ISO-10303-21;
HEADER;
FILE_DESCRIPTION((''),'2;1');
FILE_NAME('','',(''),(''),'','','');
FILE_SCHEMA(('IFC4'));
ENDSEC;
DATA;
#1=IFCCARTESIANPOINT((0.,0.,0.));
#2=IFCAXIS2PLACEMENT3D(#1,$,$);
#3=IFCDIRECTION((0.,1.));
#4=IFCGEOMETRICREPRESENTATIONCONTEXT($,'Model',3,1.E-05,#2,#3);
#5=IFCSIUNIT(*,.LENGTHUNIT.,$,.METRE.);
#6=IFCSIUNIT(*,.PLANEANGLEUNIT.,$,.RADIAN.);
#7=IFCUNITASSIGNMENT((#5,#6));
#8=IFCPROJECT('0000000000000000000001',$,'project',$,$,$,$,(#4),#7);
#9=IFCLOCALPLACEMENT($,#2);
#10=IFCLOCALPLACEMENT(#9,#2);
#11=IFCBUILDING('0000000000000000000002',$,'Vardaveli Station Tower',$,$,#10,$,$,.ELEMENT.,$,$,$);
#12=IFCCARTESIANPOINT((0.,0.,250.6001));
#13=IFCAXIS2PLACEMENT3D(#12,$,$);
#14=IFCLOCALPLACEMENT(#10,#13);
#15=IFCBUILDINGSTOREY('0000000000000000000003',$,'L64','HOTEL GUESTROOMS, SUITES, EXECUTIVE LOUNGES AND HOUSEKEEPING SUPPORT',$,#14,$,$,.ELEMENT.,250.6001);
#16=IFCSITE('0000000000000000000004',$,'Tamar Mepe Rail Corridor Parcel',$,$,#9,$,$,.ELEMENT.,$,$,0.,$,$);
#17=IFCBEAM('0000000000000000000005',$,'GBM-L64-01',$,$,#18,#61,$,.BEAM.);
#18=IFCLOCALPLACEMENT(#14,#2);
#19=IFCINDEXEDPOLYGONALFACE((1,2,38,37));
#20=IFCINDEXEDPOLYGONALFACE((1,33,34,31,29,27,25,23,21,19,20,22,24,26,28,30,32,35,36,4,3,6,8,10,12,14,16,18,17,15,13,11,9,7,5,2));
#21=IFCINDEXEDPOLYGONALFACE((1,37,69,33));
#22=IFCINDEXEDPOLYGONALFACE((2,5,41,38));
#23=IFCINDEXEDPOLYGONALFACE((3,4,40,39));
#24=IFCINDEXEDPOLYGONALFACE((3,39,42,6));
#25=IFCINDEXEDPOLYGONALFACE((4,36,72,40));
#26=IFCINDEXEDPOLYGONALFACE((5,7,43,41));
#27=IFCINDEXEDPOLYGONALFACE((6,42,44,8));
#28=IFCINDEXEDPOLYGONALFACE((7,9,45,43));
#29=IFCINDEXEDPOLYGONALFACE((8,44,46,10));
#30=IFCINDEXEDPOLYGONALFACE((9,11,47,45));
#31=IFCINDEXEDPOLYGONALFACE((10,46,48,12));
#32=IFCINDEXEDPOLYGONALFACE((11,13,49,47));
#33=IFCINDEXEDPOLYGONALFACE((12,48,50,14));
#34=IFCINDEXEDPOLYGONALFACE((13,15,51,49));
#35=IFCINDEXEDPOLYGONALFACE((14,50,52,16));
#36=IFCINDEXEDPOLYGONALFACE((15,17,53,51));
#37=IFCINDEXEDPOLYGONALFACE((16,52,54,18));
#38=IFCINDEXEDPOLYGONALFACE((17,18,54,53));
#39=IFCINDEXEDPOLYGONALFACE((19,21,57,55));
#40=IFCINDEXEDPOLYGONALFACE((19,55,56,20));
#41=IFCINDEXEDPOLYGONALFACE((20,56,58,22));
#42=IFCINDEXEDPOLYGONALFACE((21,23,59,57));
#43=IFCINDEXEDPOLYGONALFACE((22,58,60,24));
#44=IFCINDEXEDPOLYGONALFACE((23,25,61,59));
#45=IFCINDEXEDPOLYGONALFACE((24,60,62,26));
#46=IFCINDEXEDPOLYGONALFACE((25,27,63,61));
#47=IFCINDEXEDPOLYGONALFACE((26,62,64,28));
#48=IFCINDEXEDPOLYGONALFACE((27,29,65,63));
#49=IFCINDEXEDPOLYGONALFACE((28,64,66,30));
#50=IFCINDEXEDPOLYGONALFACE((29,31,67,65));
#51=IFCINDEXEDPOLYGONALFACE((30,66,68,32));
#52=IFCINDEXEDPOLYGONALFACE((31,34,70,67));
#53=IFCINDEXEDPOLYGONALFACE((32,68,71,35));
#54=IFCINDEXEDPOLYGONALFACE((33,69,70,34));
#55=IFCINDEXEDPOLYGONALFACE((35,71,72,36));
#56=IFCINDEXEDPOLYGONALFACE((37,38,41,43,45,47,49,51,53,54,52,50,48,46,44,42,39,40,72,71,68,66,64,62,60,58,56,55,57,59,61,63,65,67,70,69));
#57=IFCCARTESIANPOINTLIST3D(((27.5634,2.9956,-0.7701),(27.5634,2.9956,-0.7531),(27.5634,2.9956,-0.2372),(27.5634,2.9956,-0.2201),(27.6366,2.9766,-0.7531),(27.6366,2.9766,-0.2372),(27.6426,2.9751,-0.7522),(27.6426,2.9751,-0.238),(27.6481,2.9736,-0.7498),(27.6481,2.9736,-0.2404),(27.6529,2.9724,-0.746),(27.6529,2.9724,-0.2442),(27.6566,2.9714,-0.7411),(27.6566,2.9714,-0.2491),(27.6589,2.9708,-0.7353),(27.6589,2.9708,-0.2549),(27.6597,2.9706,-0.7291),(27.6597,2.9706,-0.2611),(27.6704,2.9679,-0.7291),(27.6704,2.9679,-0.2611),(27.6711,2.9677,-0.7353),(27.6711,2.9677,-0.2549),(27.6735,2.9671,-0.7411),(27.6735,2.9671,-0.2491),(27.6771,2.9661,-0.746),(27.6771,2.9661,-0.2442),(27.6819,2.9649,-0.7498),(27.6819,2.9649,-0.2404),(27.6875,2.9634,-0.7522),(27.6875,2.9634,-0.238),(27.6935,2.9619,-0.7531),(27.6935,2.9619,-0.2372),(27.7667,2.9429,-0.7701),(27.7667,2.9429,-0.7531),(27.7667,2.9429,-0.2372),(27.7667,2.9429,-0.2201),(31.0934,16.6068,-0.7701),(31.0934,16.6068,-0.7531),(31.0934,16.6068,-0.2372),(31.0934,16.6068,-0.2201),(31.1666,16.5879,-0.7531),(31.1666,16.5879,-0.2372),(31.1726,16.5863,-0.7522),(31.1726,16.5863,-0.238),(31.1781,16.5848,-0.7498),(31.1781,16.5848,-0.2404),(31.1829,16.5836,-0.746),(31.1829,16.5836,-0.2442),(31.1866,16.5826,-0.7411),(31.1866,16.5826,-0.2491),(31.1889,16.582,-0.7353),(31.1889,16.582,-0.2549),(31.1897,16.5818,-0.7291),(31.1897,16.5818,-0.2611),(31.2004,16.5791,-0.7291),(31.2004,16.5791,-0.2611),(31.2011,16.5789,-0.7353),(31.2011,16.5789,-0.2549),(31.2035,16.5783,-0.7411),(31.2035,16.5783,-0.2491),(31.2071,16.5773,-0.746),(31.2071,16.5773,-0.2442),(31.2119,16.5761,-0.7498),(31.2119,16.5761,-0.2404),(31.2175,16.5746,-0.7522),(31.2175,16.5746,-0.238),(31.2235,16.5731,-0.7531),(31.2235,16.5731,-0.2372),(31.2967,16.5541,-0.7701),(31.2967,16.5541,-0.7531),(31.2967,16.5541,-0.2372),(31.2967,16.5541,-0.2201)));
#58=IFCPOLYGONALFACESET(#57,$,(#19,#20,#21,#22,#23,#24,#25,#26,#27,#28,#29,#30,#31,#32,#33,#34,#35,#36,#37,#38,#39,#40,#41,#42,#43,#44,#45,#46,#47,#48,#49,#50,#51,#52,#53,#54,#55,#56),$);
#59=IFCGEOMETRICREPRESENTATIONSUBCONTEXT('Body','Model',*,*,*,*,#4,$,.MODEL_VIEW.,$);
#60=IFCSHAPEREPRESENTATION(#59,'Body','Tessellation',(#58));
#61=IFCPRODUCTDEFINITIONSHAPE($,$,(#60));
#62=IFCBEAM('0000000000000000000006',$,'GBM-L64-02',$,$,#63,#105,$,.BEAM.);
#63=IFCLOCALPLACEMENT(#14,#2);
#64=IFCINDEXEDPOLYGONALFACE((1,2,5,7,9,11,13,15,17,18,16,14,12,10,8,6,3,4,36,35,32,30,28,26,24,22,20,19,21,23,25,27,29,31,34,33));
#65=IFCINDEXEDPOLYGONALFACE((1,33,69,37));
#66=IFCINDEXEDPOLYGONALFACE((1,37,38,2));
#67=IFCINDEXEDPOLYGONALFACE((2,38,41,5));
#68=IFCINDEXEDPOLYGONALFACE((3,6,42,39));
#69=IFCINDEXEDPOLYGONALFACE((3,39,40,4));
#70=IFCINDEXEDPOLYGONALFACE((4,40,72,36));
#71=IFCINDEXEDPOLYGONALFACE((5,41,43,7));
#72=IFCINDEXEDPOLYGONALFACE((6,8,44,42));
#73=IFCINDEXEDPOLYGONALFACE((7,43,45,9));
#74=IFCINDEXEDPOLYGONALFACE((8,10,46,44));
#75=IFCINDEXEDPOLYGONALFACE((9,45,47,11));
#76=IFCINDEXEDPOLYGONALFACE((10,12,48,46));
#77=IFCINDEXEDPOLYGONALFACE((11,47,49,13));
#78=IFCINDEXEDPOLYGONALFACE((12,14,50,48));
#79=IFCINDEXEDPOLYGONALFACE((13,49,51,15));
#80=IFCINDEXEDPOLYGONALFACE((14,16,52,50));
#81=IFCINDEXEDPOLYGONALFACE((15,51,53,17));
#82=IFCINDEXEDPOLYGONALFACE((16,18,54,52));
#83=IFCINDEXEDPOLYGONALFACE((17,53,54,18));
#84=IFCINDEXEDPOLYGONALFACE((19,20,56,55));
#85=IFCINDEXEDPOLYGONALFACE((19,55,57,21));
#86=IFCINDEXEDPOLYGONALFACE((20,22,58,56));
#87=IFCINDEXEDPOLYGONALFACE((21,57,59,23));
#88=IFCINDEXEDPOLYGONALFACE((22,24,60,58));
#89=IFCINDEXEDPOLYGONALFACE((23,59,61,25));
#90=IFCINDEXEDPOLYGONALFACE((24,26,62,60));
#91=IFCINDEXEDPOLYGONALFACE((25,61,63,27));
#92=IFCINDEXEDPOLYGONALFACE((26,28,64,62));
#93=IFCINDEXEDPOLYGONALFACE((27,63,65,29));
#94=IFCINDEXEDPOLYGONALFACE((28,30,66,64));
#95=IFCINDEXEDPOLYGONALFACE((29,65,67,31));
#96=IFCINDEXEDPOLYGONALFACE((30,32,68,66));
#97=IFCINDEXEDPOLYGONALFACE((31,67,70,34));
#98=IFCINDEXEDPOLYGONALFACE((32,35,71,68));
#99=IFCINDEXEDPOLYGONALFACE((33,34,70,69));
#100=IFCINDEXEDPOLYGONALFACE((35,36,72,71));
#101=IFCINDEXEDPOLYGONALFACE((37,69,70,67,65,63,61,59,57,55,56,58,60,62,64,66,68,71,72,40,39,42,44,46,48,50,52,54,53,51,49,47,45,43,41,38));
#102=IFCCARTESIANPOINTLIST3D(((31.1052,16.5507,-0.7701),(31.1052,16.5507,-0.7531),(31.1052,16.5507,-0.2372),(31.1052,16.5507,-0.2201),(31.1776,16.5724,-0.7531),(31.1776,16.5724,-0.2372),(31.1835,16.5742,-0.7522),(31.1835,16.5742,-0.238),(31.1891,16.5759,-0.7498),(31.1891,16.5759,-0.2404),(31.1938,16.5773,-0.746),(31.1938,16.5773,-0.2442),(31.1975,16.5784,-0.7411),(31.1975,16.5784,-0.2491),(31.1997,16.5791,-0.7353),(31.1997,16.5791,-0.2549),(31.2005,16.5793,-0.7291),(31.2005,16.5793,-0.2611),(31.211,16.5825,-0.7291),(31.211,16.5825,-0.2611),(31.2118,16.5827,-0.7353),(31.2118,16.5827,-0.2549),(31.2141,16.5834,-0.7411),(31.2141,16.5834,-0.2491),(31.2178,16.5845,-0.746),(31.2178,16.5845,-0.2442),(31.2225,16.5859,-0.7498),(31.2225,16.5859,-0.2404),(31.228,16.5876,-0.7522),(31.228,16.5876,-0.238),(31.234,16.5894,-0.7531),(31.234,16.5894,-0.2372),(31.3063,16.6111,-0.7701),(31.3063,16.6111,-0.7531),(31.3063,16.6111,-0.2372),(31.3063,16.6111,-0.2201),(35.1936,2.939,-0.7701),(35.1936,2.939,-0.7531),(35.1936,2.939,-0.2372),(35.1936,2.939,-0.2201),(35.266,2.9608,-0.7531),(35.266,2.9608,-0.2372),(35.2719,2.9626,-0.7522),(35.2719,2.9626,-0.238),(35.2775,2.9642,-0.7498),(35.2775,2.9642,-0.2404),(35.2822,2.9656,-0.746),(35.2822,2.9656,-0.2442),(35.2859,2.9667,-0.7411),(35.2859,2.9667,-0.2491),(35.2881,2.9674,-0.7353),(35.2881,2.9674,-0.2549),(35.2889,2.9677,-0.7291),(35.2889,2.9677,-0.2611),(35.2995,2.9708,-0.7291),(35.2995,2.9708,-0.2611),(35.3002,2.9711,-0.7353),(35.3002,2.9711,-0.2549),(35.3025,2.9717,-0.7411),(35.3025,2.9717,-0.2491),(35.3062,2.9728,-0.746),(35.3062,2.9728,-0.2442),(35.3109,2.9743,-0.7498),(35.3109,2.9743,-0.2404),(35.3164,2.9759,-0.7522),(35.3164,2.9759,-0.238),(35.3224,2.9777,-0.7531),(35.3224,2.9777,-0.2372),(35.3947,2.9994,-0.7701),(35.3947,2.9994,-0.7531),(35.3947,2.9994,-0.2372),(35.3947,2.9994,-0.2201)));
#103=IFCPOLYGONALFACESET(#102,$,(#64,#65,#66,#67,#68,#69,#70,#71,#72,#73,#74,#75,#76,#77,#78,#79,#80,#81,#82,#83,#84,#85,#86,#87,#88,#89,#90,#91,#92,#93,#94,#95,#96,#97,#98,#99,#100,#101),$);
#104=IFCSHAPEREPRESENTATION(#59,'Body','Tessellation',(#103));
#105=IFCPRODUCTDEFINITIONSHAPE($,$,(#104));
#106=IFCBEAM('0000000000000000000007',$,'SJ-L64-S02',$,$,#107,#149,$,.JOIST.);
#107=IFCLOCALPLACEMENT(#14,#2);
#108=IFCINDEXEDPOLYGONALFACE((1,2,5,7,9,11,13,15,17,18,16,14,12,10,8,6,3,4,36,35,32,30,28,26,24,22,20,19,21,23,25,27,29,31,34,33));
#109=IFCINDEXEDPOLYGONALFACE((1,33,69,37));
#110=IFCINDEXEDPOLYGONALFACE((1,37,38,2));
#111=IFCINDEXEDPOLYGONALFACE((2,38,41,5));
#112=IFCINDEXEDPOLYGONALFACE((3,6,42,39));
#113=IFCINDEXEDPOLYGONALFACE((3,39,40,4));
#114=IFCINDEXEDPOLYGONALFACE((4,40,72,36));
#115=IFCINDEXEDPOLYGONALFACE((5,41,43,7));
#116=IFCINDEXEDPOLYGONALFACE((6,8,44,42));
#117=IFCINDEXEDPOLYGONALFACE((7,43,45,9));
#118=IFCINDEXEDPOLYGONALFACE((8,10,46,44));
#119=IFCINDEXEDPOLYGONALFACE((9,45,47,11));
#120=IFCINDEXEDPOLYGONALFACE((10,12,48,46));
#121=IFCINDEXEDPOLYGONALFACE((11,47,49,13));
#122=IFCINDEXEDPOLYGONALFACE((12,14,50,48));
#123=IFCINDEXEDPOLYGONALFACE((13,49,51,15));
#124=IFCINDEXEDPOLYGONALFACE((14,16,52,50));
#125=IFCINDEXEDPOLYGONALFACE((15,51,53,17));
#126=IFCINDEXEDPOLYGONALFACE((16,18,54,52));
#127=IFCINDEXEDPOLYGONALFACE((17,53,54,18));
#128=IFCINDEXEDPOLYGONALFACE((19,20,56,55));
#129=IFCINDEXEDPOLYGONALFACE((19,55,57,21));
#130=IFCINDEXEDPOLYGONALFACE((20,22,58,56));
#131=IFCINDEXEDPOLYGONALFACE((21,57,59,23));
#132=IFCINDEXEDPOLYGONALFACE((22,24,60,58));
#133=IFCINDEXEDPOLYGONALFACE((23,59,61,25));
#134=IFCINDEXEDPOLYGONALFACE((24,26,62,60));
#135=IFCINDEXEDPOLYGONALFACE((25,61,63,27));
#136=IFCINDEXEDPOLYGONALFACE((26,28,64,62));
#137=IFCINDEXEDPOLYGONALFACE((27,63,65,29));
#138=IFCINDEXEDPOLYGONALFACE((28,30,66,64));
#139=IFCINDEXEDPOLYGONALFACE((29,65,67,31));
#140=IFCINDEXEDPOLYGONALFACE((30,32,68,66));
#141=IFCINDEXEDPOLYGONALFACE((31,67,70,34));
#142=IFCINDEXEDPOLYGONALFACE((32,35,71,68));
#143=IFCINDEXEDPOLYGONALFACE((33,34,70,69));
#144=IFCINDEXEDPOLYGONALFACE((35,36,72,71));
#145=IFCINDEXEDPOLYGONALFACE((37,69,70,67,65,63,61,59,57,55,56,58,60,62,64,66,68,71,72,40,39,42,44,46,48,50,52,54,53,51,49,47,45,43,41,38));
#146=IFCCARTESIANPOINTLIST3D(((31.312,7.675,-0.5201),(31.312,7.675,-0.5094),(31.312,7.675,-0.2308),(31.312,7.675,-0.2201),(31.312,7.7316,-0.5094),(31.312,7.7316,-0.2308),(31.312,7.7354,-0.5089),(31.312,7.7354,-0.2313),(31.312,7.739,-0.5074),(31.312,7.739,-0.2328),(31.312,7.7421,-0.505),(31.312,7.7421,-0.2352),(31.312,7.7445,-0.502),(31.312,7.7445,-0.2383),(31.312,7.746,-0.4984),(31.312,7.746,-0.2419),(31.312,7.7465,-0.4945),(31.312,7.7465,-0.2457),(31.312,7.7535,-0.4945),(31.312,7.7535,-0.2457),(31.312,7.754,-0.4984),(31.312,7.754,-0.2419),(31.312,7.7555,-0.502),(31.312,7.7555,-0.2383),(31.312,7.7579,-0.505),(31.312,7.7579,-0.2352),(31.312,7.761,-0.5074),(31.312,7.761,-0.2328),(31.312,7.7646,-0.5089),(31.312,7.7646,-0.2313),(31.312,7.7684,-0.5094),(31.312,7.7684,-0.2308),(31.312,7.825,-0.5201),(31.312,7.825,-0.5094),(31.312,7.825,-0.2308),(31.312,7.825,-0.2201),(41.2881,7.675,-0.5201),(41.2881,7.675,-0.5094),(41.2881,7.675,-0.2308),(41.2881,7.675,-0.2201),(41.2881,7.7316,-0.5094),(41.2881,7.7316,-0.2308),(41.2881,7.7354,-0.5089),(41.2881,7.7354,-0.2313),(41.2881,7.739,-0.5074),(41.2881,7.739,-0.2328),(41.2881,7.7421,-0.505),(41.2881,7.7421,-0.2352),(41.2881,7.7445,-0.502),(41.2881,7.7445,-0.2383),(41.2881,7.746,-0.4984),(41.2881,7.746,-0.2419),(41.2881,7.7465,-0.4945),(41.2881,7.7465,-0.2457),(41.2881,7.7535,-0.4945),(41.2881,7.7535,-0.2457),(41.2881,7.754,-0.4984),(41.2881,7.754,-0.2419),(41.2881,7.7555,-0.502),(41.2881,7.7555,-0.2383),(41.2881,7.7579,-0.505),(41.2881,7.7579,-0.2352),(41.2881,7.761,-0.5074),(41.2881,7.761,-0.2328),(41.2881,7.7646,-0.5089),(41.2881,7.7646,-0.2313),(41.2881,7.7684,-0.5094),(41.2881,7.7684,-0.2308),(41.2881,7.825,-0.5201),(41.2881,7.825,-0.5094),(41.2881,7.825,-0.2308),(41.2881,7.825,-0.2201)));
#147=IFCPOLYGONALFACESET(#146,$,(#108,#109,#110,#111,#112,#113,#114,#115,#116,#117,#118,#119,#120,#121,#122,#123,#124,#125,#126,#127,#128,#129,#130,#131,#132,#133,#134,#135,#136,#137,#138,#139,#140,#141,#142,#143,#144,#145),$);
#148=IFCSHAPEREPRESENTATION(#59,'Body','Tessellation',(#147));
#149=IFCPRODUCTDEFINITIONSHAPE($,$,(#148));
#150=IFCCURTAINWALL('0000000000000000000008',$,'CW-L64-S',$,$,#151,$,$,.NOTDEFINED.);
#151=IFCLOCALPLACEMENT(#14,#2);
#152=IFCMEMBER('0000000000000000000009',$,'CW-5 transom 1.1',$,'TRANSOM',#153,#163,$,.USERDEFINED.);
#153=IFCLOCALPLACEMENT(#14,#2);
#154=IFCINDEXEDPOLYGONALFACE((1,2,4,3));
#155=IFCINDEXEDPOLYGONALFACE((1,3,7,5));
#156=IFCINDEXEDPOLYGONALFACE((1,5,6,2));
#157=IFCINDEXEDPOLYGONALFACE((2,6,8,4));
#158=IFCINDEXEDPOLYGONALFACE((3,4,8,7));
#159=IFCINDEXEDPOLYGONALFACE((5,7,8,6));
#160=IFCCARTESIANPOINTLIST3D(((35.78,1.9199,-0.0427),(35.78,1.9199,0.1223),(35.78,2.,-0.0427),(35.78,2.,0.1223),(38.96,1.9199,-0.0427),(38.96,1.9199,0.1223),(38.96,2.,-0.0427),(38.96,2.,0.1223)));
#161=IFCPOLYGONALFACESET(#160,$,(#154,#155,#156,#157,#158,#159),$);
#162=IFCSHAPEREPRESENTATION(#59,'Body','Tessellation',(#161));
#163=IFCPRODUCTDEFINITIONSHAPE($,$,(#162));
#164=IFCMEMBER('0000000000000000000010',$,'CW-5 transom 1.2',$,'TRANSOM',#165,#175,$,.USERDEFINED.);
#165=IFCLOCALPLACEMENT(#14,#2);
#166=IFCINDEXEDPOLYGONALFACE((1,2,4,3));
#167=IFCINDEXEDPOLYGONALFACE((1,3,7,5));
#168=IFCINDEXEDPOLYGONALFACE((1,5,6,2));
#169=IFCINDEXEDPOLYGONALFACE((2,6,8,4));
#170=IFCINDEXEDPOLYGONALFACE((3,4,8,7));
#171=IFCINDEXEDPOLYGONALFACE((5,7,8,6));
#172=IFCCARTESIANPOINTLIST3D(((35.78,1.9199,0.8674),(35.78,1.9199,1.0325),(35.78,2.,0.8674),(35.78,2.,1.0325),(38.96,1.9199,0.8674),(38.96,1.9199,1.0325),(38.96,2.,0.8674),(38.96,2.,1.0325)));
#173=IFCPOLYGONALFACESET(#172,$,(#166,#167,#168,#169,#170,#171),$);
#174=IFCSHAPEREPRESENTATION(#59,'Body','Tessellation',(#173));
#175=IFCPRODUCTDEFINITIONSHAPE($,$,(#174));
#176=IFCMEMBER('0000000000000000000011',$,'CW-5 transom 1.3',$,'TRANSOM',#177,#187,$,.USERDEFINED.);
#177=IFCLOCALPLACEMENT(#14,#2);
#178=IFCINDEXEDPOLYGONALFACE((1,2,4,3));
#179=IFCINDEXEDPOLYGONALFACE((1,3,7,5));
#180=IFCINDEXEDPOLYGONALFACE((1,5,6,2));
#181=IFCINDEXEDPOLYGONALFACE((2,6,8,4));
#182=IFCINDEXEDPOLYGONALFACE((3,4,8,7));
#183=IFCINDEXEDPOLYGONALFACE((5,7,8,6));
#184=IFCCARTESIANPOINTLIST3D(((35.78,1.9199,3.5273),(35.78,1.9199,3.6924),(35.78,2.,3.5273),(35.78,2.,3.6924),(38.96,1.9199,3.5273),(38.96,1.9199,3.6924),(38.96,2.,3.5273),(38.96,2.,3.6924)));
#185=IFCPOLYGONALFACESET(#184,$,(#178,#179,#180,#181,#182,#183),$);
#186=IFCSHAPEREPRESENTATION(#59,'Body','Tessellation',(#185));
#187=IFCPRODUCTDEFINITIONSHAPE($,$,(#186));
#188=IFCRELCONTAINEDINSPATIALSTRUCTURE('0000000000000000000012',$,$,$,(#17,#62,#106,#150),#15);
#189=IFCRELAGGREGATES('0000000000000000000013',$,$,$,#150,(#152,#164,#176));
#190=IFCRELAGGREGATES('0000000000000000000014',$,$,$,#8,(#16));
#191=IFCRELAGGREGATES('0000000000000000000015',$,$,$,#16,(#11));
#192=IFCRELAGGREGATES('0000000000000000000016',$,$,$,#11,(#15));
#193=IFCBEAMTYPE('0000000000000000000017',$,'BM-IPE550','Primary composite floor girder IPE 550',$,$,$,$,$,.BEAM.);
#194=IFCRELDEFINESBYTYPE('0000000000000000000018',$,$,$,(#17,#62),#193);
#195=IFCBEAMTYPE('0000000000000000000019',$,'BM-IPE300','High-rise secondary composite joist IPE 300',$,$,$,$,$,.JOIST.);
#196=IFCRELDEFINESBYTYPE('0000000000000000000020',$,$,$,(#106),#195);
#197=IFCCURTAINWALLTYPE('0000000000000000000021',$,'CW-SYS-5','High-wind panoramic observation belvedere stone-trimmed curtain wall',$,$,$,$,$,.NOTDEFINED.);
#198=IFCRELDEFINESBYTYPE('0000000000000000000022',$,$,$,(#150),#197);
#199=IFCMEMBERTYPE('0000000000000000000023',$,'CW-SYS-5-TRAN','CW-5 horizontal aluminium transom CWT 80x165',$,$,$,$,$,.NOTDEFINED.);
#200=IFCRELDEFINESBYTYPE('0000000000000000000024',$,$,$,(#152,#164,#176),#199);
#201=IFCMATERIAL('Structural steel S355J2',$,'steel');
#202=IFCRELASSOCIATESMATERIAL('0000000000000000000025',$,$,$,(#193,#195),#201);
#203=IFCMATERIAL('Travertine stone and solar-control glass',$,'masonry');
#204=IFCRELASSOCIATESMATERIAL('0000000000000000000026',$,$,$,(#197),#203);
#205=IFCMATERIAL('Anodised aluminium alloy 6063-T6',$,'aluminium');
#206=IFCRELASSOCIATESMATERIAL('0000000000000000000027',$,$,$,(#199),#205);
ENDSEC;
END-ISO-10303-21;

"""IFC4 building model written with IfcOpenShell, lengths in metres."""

from ifc_helpers import new_model, si_unit, direction, frame, origin, origin_2d, place, context, subcontext, project, spatial, rectangle, i_section, extrude, source, transform, mapped, material, material_profile, profile_set, type_object, element, aggregate, save


model = new_model("IFC4")

# Units and contexts
model_context = context("Model", 3, precision=1e-05, world=origin(), true_north=direction((0.0, 1.0)))
body_context = subcontext(model_context, "Body", "Model", "MODEL_VIEW")
ifc_project = project(units=[si_unit("LENGTHUNIT", "METRE"), si_unit("PLANEANGLEUNIT", "RADIAN")], contexts=[model_context])

# Site, building, storey
site_placement = place(None, origin())
site = spatial("IfcSite", under=ifc_project, at=site_placement, Name="Tamar Mepe Rail Corridor Parcel", CompositionType="ELEMENT", RefElevation=0.0)
building_placement = place(site_placement, origin())
building = spatial("IfcBuilding", under=site, at=building_placement, Name="Vardaveli Station Tower", CompositionType="ELEMENT")
storey_placement = place(building_placement, frame((0.0, 0.0, 250.6001)))
storey = spatial("IfcBuildingStorey", under=building, at=storey_placement, Name="L64", Description="HOTEL GUESTROOMS, SUITES, EXECUTIVE LOUNGES AND HOUSEKEEPING SUPPORT", CompositionType="ELEMENT", Elevation=250.6001)

# Beams
ifc_material_1 = material(Name="Structural steel S355J2", Category="steel")
ifc_material_profile_1 = material_profile(ifc_material_1, i_section(OverallWidth=0.21, OverallDepth=0.55, WebThickness=0.011, FlangeThickness=0.0171, FilletRadius=0.0239, at=origin_2d()), Name="IPE 550")
ifc_profile_set_1 = profile_set([ifc_material_profile_1], Name="Structural steel S355J2")
beam_type_1 = type_object("IfcBeamType", Name="BM-IPE550", Description="Primary composite floor girder IPE 550", PredefinedType="BEAM", material=ifc_profile_set_1)
shared_shape_1 = source(origin(), body_context, "Body", "SweptSolid", [
    extrude(i_section(OverallWidth=0.21, OverallDepth=0.55, WebThickness=0.011, FlangeThickness=0.0171, FilletRadius=0.0239, at=origin_2d()), origin(), (0.0, 0.0, 1.0), 14.0615),
])
beam_1_placement = place(storey_placement, frame((27.665, 2.9692, -0.4951), z_axis=(0.25104, 0.967977, 0.0), x_axis=(-0.967977, 0.25104, 0.0)))
element("IfcBeam", 1, at=beam_1_placement, inside=storey, type_object=beam_type_1, Name="GBM-L64-01", PredefinedType="BEAM", context=body_context, shape_type="MappedRepresentation", body=[
    mapped(shared_shape_1, transform((0.0, 0.0, 0.0), scale=1.0)),
])
shared_shape_2 = source(origin(), body_context, "Body", "SweptSolid", [
    extrude(i_section(OverallWidth=0.21, OverallDepth=0.55, WebThickness=0.011, FlangeThickness=0.0171, FilletRadius=0.0239, at=origin_2d()), origin(), (0.0, 0.0, 1.0), 14.2124),
])
beam_2_placement = place(storey_placement, frame((35.2942, 2.9692, -0.4951), z_axis=(-0.287665, 0.957731, 0.0), x_axis=(-0.957731, -0.287665, 0.0)))
element("IfcBeam", 2, at=beam_2_placement, inside=storey, type_object=beam_type_1, Name="GBM-L64-02", PredefinedType="BEAM", context=body_context, shape_type="MappedRepresentation", body=[
    mapped(shared_shape_2, transform((0.0, 0.0, 0.0), scale=1.0)),
])
ifc_material_profile_2 = material_profile(ifc_material_1, i_section(OverallWidth=0.1499, OverallDepth=0.3, WebThickness=0.0071, FlangeThickness=0.0107, FilletRadius=0.0149, at=origin_2d()), Name="IPE 300")
ifc_profile_set_2 = profile_set([ifc_material_profile_2], Name="Structural steel S355J2")
beam_type_2 = type_object("IfcBeamType", Name="BM-IPE300", Description="High-rise secondary composite joist IPE 300", PredefinedType="JOIST", material=ifc_profile_set_2)
shared_shape_3 = source(origin(), body_context, "Body", "SweptSolid", [
    extrude(i_section(OverallWidth=0.1499, OverallDepth=0.3, WebThickness=0.0071, FlangeThickness=0.0107, FilletRadius=0.0149, at=origin_2d()), origin(), (0.0, 0.0, 1.0), 9.9761),
])
beam_3_placement = place(storey_placement, frame((31.312, 7.75, -0.3701), z_axis=(1.0, 0.0, 0.0), x_axis=(0.0, 1.0, 0.0)))
element("IfcBeam", 3, at=beam_3_placement, inside=storey, type_object=beam_type_2, Name="SJ-L64-S02", PredefinedType="JOIST", context=body_context, shape_type="MappedRepresentation", body=[
    mapped(shared_shape_3, transform((0.0, 0.0, 0.0), scale=1.0)),
])

# Curtain wall, members
ifc_material_2 = material(Name="Travertine stone and solar-control glass", Category="masonry")
curtain_wall_type = type_object("IfcCurtainWallType", Name="CW-SYS-5", Description="High-wind panoramic observation belvedere stone-trimmed curtain wall", PredefinedType="NOTDEFINED", material=ifc_material_2)
curtain_wall_placement = place(storey_placement, origin())
curtain_wall = element("IfcCurtainWall", 4, at=curtain_wall_placement, inside=storey, type_object=curtain_wall_type, Name="CW-L64-S", PredefinedType="NOTDEFINED")
ifc_material_3 = material(Name="Anodised aluminium alloy 6063-T6", Category="aluminium")
ifc_material_profile_3 = material_profile(ifc_material_3, rectangle(XDim=0.0801, YDim=0.165, at=origin_2d()), Name="CWT 80x165")
ifc_profile_set_3 = profile_set([ifc_material_profile_3], Name="Anodised aluminium alloy 6063-T6")
member_type_1 = type_object("IfcMemberType", Name="CW-SYS-5-TRAN", Description="CW-5 horizontal aluminium transom CWT 80x165", PredefinedType="NOTDEFINED", material=ifc_profile_set_3)
shared_shape_4 = source(origin(), body_context, "Body", "SweptSolid", [
    extrude(rectangle(XDim=0.0801, YDim=0.165, at=origin_2d()), origin(), (0.0, 0.0, 1.0), 3.1799),
])
member_1_placement = place(storey_placement, frame((35.78, 1.96, 0.0398), z_axis=(1.0, 0.0, 0.0), x_axis=(0.0, 1.0, 0.0)))
member_1 = element("IfcMember", 5, at=member_1_placement, type_object=member_type_1, Name="CW-5 transom 1.1", ObjectType="TRANSOM", PredefinedType="USERDEFINED", context=body_context, shape_type="MappedRepresentation", body=[
    mapped(shared_shape_4, transform((0.0, 0.0, 0.0), scale=1.0)),
])
member_2_placement = place(storey_placement, frame((35.78, 1.96, 0.95), z_axis=(1.0, 0.0, 0.0), x_axis=(0.0, 1.0, 0.0)))
member_2 = element("IfcMember", 6, at=member_2_placement, type_object=member_type_1, Name="CW-5 transom 1.2", ObjectType="TRANSOM", PredefinedType="USERDEFINED", context=body_context, shape_type="MappedRepresentation", body=[
    mapped(shared_shape_4, transform((0.0, 0.0, 0.0), scale=1.0)),
])
member_3_placement = place(storey_placement, frame((35.78, 1.96, 3.6099), z_axis=(1.0, 0.0, 0.0), x_axis=(0.0, 1.0, 0.0)))
member_3 = element("IfcMember", 7, at=member_3_placement, type_object=member_type_1, Name="CW-5 transom 1.3", ObjectType="TRANSOM", PredefinedType="USERDEFINED", context=body_context, shape_type="MappedRepresentation", body=[
    mapped(shared_shape_4, transform((0.0, 0.0, 0.0), scale=1.0)),
])
aggregate(curtain_wall, [member_1, member_2, member_3])

save(model, "model.ifc")
